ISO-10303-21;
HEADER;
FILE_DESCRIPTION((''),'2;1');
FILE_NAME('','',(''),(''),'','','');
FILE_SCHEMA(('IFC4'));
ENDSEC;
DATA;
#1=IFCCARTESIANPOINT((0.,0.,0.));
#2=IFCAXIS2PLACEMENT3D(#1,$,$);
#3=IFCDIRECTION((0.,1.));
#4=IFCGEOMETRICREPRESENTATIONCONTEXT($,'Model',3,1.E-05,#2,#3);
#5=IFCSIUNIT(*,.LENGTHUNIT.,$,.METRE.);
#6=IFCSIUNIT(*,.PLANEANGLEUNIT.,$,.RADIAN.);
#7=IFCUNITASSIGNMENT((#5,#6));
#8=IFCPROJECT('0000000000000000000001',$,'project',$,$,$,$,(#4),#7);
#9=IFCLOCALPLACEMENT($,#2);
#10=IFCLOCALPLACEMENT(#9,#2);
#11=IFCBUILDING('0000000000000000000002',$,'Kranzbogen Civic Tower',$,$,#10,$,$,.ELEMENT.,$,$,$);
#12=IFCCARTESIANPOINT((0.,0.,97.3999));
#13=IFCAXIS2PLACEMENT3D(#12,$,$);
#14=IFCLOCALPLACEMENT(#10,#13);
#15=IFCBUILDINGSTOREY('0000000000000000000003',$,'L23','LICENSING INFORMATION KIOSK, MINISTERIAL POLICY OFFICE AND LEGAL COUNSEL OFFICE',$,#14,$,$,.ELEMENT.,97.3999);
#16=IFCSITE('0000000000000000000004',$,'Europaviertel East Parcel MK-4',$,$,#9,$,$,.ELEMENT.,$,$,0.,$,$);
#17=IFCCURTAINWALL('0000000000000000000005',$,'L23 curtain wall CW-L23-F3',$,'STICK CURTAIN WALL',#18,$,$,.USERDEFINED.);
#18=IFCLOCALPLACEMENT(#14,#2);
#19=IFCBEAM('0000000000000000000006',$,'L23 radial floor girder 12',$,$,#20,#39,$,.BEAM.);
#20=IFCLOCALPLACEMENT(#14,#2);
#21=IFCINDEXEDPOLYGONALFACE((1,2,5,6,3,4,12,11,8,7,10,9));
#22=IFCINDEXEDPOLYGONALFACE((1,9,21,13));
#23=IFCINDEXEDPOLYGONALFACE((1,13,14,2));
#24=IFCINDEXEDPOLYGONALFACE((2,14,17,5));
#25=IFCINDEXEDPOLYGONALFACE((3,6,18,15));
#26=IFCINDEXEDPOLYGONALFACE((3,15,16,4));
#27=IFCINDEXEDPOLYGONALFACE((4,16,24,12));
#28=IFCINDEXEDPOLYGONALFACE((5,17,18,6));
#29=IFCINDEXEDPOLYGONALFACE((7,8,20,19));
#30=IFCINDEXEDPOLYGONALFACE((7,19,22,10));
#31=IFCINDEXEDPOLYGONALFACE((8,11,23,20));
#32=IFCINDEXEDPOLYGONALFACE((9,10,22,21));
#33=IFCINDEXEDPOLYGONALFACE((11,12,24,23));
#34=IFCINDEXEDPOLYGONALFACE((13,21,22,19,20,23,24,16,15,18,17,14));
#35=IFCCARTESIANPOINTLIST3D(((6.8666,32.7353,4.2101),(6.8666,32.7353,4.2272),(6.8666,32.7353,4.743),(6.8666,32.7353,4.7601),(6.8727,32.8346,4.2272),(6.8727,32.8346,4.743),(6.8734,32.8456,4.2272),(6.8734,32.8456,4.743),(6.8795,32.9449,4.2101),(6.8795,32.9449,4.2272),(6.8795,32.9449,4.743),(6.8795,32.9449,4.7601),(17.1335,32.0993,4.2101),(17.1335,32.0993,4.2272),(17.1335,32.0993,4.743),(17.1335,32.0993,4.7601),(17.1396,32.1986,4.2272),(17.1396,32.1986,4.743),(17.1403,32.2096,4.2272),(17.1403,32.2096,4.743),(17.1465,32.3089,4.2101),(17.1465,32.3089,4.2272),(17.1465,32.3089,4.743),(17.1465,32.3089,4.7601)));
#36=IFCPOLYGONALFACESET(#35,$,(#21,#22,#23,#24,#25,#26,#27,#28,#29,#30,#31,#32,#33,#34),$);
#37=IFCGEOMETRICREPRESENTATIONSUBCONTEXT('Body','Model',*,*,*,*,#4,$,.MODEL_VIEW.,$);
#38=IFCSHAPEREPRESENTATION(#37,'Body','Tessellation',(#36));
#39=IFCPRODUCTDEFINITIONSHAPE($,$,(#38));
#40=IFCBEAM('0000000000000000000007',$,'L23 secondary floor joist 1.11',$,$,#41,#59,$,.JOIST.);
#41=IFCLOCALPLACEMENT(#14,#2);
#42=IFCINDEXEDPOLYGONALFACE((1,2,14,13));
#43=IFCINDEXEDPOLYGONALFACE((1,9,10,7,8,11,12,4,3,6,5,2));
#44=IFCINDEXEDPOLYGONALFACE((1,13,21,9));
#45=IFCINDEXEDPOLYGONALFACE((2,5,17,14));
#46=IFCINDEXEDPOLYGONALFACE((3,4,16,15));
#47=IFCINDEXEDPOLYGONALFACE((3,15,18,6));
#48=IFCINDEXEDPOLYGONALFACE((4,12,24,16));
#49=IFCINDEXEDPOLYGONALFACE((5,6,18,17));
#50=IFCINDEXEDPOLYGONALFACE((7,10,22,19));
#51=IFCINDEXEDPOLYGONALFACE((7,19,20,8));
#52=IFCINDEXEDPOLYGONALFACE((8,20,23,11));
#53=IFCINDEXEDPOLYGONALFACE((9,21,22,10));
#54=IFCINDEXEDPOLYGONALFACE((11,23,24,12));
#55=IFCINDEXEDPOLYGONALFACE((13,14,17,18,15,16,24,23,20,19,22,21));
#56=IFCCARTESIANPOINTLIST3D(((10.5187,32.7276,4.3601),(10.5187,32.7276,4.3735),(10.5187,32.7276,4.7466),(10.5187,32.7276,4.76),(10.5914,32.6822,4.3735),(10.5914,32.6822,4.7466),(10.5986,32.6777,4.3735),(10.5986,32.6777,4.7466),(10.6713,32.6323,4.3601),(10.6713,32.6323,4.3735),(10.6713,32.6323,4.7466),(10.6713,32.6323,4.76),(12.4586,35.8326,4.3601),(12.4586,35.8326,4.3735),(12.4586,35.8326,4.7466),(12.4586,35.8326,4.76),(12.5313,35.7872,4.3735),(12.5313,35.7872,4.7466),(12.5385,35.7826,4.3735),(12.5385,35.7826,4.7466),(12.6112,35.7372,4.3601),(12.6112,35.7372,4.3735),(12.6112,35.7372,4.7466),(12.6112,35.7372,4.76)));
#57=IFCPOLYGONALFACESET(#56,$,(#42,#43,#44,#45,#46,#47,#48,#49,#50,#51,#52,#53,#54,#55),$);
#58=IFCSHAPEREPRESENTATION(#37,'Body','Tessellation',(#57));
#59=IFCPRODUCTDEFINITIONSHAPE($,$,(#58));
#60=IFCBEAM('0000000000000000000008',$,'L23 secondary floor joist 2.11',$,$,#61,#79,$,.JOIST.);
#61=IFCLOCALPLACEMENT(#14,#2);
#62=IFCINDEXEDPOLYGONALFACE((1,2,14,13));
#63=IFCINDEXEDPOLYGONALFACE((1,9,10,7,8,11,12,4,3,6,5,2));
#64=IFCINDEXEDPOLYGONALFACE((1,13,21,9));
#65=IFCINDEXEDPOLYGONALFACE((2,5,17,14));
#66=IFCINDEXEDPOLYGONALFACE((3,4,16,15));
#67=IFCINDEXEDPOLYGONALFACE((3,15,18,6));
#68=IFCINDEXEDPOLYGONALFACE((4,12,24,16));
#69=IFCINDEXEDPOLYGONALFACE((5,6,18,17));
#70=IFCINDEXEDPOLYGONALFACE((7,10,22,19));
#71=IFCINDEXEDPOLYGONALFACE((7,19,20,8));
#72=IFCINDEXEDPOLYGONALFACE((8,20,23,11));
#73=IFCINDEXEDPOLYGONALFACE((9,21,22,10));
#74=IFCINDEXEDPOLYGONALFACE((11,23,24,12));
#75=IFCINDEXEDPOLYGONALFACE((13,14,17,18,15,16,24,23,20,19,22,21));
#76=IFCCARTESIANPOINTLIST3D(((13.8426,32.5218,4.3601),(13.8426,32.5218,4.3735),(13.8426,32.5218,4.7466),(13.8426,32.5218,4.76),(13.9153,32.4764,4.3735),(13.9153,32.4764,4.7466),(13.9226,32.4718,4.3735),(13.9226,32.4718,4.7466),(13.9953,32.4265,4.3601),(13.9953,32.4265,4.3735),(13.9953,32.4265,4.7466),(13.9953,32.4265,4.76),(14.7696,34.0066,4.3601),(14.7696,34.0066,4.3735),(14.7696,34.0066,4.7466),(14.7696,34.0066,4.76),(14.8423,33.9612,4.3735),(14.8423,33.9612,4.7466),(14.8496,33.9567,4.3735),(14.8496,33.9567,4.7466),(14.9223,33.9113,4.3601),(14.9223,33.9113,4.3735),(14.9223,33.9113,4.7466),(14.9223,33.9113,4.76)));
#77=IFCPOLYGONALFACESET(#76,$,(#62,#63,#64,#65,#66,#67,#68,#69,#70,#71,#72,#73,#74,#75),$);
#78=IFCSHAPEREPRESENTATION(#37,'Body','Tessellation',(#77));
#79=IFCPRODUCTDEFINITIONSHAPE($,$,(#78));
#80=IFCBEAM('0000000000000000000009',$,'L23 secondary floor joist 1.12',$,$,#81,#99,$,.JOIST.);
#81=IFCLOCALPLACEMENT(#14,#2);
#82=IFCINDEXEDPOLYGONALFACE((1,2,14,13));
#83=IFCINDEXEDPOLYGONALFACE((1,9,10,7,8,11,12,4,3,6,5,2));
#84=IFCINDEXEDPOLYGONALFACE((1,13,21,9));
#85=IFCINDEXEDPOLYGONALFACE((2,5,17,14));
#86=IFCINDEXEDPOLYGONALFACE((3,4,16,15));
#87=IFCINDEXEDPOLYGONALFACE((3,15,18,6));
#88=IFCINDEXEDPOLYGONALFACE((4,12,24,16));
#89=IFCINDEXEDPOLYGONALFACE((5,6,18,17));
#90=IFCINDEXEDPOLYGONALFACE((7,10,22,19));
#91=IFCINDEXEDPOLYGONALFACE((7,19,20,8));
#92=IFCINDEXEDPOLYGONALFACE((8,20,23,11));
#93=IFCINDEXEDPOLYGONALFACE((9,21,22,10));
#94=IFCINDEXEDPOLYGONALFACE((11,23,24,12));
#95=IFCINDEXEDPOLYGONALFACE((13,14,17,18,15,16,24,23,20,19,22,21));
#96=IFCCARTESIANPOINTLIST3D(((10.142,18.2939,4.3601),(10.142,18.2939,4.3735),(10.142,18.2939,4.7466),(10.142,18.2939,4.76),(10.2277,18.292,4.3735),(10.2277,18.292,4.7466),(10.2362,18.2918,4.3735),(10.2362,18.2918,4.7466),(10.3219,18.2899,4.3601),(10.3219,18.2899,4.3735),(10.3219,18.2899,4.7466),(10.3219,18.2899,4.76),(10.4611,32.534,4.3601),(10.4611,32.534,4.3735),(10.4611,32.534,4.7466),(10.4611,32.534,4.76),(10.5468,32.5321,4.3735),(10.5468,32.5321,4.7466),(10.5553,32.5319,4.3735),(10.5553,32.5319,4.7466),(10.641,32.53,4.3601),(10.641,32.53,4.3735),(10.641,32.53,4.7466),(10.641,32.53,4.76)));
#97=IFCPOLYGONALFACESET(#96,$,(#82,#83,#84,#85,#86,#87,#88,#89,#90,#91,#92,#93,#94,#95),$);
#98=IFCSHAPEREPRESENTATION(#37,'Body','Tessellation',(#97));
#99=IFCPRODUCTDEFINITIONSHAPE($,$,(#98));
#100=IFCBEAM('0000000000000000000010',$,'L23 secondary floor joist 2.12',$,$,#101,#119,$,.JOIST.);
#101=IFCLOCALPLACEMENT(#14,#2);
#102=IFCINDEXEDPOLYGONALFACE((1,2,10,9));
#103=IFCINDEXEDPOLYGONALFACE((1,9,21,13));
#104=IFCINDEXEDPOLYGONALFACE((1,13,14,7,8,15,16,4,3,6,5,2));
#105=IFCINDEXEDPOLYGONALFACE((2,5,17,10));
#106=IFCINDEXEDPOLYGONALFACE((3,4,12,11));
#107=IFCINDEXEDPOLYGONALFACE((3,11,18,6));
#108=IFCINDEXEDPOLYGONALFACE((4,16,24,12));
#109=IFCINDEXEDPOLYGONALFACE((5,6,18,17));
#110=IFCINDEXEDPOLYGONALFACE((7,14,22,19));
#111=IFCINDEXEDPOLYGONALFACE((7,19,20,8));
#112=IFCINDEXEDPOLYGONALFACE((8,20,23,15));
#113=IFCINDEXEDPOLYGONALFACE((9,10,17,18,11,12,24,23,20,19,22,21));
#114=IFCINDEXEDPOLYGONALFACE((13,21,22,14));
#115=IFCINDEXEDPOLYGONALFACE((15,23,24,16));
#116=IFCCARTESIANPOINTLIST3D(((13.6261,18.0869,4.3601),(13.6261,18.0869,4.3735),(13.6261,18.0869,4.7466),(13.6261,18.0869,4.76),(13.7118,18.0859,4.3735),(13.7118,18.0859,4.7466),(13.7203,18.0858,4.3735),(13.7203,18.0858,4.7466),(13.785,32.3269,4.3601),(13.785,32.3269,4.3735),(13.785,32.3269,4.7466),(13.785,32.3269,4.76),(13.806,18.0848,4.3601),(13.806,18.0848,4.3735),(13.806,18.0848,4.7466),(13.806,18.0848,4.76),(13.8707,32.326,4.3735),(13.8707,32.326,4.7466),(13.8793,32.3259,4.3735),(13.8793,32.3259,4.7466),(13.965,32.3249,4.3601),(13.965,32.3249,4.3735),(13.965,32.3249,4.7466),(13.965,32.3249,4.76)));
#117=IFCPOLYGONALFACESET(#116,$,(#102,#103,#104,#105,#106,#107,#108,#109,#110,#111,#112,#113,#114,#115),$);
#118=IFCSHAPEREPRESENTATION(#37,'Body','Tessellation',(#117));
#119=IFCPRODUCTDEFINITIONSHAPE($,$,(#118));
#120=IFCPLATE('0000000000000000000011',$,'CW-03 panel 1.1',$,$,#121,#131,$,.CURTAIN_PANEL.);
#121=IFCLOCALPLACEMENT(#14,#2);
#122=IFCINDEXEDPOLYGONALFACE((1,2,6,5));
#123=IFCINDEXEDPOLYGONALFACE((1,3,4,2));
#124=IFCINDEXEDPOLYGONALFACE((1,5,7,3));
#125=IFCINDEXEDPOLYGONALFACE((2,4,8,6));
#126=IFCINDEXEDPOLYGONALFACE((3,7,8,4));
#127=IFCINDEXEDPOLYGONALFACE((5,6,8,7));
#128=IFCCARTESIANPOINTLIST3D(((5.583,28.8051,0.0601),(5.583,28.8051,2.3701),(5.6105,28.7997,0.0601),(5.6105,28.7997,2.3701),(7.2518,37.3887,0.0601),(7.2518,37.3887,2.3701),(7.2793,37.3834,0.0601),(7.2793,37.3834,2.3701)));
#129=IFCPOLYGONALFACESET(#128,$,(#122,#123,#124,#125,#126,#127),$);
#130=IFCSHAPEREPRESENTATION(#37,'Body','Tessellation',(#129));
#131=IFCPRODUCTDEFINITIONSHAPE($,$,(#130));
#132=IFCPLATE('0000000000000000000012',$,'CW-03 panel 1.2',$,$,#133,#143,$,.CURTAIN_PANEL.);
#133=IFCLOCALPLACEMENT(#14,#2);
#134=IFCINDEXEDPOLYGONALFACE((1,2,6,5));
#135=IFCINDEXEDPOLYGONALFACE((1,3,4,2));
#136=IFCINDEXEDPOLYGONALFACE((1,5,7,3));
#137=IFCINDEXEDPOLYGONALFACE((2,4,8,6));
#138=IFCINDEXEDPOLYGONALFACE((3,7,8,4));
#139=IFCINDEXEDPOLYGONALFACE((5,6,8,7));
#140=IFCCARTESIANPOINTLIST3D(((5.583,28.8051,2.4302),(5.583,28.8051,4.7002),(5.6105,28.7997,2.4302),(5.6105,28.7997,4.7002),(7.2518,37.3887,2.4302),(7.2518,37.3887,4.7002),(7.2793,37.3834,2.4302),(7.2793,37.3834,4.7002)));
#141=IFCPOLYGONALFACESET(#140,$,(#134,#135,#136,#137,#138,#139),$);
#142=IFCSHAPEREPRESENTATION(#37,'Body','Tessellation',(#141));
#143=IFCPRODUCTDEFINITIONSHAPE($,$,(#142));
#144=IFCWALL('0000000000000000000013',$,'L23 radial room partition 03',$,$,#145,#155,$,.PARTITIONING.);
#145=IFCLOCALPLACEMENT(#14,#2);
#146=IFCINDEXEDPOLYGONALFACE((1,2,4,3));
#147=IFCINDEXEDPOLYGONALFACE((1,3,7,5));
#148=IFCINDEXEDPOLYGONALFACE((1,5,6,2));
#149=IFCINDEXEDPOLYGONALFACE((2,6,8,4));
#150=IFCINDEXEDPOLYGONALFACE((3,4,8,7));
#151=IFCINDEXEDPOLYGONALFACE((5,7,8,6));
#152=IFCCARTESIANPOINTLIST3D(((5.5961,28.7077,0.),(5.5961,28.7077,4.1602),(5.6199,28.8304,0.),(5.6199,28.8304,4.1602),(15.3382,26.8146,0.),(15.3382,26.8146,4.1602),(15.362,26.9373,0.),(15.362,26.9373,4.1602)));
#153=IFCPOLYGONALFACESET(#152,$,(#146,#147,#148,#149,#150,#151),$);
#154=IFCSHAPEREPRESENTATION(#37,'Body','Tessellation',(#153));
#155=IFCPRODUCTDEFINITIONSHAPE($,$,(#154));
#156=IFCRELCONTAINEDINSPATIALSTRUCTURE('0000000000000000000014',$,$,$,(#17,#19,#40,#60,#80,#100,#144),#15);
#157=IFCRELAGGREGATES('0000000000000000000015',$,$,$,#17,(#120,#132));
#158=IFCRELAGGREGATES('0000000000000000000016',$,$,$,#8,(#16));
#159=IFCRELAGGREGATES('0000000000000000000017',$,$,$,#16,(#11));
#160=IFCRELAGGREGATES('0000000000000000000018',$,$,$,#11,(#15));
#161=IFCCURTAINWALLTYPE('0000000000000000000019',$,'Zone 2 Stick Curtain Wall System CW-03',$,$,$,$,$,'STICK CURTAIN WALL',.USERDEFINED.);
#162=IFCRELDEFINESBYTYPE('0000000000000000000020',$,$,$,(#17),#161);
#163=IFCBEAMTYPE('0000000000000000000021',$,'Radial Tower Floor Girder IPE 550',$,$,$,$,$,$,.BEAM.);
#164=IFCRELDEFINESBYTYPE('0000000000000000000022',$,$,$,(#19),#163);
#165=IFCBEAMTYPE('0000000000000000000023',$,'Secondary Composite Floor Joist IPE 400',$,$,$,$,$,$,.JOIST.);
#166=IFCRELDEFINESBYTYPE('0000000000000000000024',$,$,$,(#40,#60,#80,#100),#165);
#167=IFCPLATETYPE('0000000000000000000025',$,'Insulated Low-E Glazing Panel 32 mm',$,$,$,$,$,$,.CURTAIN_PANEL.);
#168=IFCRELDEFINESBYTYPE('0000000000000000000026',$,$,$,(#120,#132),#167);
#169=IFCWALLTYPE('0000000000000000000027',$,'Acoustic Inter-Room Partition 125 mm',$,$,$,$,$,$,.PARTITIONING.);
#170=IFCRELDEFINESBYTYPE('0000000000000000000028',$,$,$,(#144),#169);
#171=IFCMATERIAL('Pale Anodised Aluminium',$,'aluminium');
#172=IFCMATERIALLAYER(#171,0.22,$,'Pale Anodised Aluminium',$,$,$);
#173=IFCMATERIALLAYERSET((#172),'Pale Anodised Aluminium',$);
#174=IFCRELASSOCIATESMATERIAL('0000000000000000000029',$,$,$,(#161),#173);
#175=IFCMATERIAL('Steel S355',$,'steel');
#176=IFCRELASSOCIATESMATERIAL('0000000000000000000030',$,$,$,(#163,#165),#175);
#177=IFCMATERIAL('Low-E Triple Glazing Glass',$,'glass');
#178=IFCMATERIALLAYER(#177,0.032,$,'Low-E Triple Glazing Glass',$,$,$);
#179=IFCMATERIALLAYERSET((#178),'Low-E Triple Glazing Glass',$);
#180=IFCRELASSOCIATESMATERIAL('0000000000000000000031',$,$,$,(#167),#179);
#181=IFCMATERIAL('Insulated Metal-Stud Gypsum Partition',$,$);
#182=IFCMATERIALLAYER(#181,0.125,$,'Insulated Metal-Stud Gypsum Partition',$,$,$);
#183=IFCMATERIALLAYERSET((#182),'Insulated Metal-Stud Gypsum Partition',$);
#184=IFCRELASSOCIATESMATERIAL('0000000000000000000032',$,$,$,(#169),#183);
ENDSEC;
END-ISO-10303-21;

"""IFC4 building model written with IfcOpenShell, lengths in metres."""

from ifc_helpers import new_model, si_unit, direction, frame, frame_2d, origin, origin_2d, place, context, subcontext, project, spatial, rectangle, i_section, extrude, material, layer, layer_set, material_profile, profile_set, type_object, element, aggregate, save


model = new_model("IFC4")

# Units and contexts
model_context = context("Model", 3, precision=1e-05, world=origin(), true_north=direction((0.0, 1.0)))
body_context = subcontext(model_context, "Body", "Model", "MODEL_VIEW")
ifc_project = project(units=[si_unit("LENGTHUNIT", "METRE"), si_unit("PLANEANGLEUNIT", "RADIAN")], contexts=[model_context])

# Site, building, storey
site_placement = place(None, origin())
site = spatial("IfcSite", under=ifc_project, at=site_placement, Name="Europaviertel East Parcel MK-4", CompositionType="ELEMENT", RefElevation=0.0)
building_placement = place(site_placement, origin())
building = spatial("IfcBuilding", under=site, at=building_placement, Name="Kranzbogen Civic Tower", CompositionType="ELEMENT")
storey_placement = place(building_placement, frame((0.0, 0.0, 97.3999)))
storey = spatial("IfcBuildingStorey", under=building, at=storey_placement, Name="L23", Description="LICENSING INFORMATION KIOSK, MINISTERIAL POLICY OFFICE AND LEGAL COUNSEL OFFICE", CompositionType="ELEMENT", Elevation=97.3999)

# Shared definitions
ifc_material_1 = material(Name="Pale Anodised Aluminium", Category="aluminium")

# Curtain wall
ifc_layer_1 = layer(ifc_material_1, 0.22, Name="Pale Anodised Aluminium")
ifc_layer_set_1 = layer_set([ifc_layer_1], Name="Pale Anodised Aluminium")
curtain_wall_type_1 = type_object("IfcCurtainWallType", Name="Zone 2 Stick Curtain Wall System CW-03", ElementType="STICK CURTAIN WALL", PredefinedType="USERDEFINED", material=ifc_layer_set_1)
curtain_wall_1_placement = place(storey_placement, origin())
curtain_wall_1 = element("IfcCurtainWall", 1, at=curtain_wall_1_placement, inside=storey, type_object=curtain_wall_type_1, Name="L23 curtain wall CW-L23-F3", ObjectType="STICK CURTAIN WALL", PredefinedType="USERDEFINED")

# Beams
ifc_material_2 = material(Name="Steel S355", Category="steel")
ifc_material_profile_1 = material_profile(ifc_material_2, i_section(OverallWidth=0.21, OverallDepth=0.55, WebThickness=0.011, FlangeThickness=0.0171, at=origin_2d()), Name="IPE 550")
ifc_profile_set_1 = profile_set([ifc_material_profile_1], Name="Steel S355")
beam_type_1 = type_object("IfcBeamType", Name="Radial Tower Floor Girder IPE 550", PredefinedType="BEAM", material=ifc_profile_set_1)
beam_1_placement = place(storey_placement, frame((6.873, 32.8401, 4.4851), z_axis=(0.998087, -0.061827, 0.0), x_axis=(0.061827, 0.998087, 0.0)))
element("IfcBeam", 2, at=beam_1_placement, inside=storey, type_object=beam_type_1, Name="L23 radial floor girder 12", PredefinedType="BEAM", context=body_context, shape_type="SweptSolid", body=[
    extrude(i_section(OverallWidth=0.21, OverallDepth=0.55, WebThickness=0.011, FlangeThickness=0.0171, at=origin_2d()), origin(), (0.0, 0.0, 1.0), 10.2866),
])
ifc_material_profile_2 = material_profile(ifc_material_2, i_section(OverallWidth=0.1799, OverallDepth=0.3999, WebThickness=0.0085, FlangeThickness=0.0134, at=origin_2d()), Name="IPE 400")
ifc_profile_set_2 = profile_set([ifc_material_profile_2], Name="Steel S355")
beam_type_2 = type_object("IfcBeamType", Name="Secondary Composite Floor Joist IPE 400", PredefinedType="JOIST", material=ifc_profile_set_2)
beam_2_placement = place(storey_placement, frame((12.5349, 35.7849, 4.5601), z_axis=(-0.529867, -0.848081, 0.0), x_axis=(0.848081, -0.529867, 0.0)))
element("IfcBeam", 3, at=beam_2_placement, inside=storey, type_object=beam_type_2, Name="L23 secondary floor joist 1.11", PredefinedType="JOIST", context=body_context, shape_type="SweptSolid", body=[
    extrude(i_section(OverallWidth=0.1799, OverallDepth=0.3999, WebThickness=0.0085, FlangeThickness=0.0134, at=origin_2d()), origin(), (0.0, 0.0, 1.0), 3.6611),
])
beam_3_placement = place(storey_placement, frame((14.8459, 33.959, 4.5601), z_axis=(-0.529573, -0.848265, 0.0), x_axis=(0.848265, -0.529573, 0.0)))
element("IfcBeam", 4, at=beam_3_placement, inside=storey, type_object=beam_type_2, Name="L23 secondary floor joist 2.11", PredefinedType="JOIST", context=body_context, shape_type="SweptSolid", body=[
    extrude(i_section(OverallWidth=0.1799, OverallDepth=0.3999, WebThickness=0.0085, FlangeThickness=0.0134, at=origin_2d()), origin(), (0.0, 0.0, 1.0), 1.7505),
])
beam_4_placement = place(storey_placement, frame((10.551, 32.532, 4.5601), z_axis=(-0.022403, -0.999749, 0.0), x_axis=(0.999749, -0.022403, 0.0)))
element("IfcBeam", 5, at=beam_4_placement, inside=storey, type_object=beam_type_2, Name="L23 secondary floor joist 1.12", PredefinedType="JOIST", context=body_context, shape_type="SweptSolid", body=[
    extrude(i_section(OverallWidth=0.1799, OverallDepth=0.3999, WebThickness=0.0085, FlangeThickness=0.0134, at=origin_2d()), origin(), (0.0, 0.0, 1.0), 14.2437),
])
beam_5_placement = place(storey_placement, frame((13.875, 32.3259, 4.5601), z_axis=(-0.011161, -0.999938, 0.0), x_axis=(0.999938, -0.011161, 0.0)))
element("IfcBeam", 6, at=beam_5_placement, inside=storey, type_object=beam_type_2, Name="L23 secondary floor joist 2.12", PredefinedType="JOIST", context=body_context, shape_type="SweptSolid", body=[
    extrude(i_section(OverallWidth=0.1799, OverallDepth=0.3999, WebThickness=0.0085, FlangeThickness=0.0134, at=origin_2d()), origin(), (0.0, 0.0, 1.0), 14.241),
])

# Plates
ifc_material_3 = material(Name="Low-E Triple Glazing Glass", Category="glass")
ifc_layer_2 = layer(ifc_material_3, 0.032, Name="Low-E Triple Glazing Glass")
ifc_layer_set_2 = layer_set([ifc_layer_2], Name="Low-E Triple Glazing Glass")
plate_type = type_object("IfcPlateType", Name="Insulated Low-E Glazing Panel 32 mm", PredefinedType="CURTAIN_PANEL", material=ifc_layer_set_2)
plate_1_placement = place(storey_placement, frame((6.4312, 33.0942, 0.0601), z_axis=(0.0, 0.0, 1.0), x_axis=(-0.190845, -0.98162, 0.0)))
plate_1 = element("IfcPlate", 7, at=plate_1_placement, type_object=plate_type, Name="CW-03 panel 1.1", PredefinedType="CURTAIN_PANEL", context=body_context, shape_type="SweptSolid", body=[
    extrude(rectangle(XDim=8.7444, YDim=0.0281, at=origin_2d()), origin(), (0.0, 0.0, 1.0), 2.3101),
])
plate_2_placement = place(storey_placement, frame((6.4312, 33.0942, 2.4302), z_axis=(0.0, 0.0, 1.0), x_axis=(-0.190845, -0.98162, 0.0)))
plate_2 = element("IfcPlate", 8, at=plate_2_placement, type_object=plate_type, Name="CW-03 panel 1.2", PredefinedType="CURTAIN_PANEL", context=body_context, shape_type="SweptSolid", body=[
    extrude(rectangle(XDim=8.7444, YDim=0.0281, at=origin_2d()), origin(), (0.0, 0.0, 1.0), 2.27),
])
aggregate(curtain_wall_1, [plate_1, plate_2])

# Wall
ifc_material_4 = material(Name="Insulated Metal-Stud Gypsum Partition")
ifc_layer_3 = layer(ifc_material_4, 0.125, Name="Insulated Metal-Stud Gypsum Partition")
ifc_layer_set_3 = layer_set([ifc_layer_3], Name="Insulated Metal-Stud Gypsum Partition")
wall_type = type_object("IfcWallType", Name="Acoustic Inter-Room Partition 125 mm", PredefinedType="PARTITIONING", material=ifc_layer_set_3)
wall_placement = place(storey_placement, frame((15.3501, 26.876, 0.0), z_axis=(0.0, 0.0, 1.0), x_axis=(-0.981639, 0.190749, 0.0)))
element("IfcWall", 9, at=wall_placement, inside=storey, type_object=wall_type, Name="L23 radial room partition 03", PredefinedType="PARTITIONING", context=body_context, shape_type="SweptSolid", body=[
    extrude(rectangle(XDim=9.9243, YDim=0.125, at=frame_2d((4.9622, 0.0))), origin(), (0.0, 0.0, 1.0), 4.1602),
])

save(model, "model.ifc")
